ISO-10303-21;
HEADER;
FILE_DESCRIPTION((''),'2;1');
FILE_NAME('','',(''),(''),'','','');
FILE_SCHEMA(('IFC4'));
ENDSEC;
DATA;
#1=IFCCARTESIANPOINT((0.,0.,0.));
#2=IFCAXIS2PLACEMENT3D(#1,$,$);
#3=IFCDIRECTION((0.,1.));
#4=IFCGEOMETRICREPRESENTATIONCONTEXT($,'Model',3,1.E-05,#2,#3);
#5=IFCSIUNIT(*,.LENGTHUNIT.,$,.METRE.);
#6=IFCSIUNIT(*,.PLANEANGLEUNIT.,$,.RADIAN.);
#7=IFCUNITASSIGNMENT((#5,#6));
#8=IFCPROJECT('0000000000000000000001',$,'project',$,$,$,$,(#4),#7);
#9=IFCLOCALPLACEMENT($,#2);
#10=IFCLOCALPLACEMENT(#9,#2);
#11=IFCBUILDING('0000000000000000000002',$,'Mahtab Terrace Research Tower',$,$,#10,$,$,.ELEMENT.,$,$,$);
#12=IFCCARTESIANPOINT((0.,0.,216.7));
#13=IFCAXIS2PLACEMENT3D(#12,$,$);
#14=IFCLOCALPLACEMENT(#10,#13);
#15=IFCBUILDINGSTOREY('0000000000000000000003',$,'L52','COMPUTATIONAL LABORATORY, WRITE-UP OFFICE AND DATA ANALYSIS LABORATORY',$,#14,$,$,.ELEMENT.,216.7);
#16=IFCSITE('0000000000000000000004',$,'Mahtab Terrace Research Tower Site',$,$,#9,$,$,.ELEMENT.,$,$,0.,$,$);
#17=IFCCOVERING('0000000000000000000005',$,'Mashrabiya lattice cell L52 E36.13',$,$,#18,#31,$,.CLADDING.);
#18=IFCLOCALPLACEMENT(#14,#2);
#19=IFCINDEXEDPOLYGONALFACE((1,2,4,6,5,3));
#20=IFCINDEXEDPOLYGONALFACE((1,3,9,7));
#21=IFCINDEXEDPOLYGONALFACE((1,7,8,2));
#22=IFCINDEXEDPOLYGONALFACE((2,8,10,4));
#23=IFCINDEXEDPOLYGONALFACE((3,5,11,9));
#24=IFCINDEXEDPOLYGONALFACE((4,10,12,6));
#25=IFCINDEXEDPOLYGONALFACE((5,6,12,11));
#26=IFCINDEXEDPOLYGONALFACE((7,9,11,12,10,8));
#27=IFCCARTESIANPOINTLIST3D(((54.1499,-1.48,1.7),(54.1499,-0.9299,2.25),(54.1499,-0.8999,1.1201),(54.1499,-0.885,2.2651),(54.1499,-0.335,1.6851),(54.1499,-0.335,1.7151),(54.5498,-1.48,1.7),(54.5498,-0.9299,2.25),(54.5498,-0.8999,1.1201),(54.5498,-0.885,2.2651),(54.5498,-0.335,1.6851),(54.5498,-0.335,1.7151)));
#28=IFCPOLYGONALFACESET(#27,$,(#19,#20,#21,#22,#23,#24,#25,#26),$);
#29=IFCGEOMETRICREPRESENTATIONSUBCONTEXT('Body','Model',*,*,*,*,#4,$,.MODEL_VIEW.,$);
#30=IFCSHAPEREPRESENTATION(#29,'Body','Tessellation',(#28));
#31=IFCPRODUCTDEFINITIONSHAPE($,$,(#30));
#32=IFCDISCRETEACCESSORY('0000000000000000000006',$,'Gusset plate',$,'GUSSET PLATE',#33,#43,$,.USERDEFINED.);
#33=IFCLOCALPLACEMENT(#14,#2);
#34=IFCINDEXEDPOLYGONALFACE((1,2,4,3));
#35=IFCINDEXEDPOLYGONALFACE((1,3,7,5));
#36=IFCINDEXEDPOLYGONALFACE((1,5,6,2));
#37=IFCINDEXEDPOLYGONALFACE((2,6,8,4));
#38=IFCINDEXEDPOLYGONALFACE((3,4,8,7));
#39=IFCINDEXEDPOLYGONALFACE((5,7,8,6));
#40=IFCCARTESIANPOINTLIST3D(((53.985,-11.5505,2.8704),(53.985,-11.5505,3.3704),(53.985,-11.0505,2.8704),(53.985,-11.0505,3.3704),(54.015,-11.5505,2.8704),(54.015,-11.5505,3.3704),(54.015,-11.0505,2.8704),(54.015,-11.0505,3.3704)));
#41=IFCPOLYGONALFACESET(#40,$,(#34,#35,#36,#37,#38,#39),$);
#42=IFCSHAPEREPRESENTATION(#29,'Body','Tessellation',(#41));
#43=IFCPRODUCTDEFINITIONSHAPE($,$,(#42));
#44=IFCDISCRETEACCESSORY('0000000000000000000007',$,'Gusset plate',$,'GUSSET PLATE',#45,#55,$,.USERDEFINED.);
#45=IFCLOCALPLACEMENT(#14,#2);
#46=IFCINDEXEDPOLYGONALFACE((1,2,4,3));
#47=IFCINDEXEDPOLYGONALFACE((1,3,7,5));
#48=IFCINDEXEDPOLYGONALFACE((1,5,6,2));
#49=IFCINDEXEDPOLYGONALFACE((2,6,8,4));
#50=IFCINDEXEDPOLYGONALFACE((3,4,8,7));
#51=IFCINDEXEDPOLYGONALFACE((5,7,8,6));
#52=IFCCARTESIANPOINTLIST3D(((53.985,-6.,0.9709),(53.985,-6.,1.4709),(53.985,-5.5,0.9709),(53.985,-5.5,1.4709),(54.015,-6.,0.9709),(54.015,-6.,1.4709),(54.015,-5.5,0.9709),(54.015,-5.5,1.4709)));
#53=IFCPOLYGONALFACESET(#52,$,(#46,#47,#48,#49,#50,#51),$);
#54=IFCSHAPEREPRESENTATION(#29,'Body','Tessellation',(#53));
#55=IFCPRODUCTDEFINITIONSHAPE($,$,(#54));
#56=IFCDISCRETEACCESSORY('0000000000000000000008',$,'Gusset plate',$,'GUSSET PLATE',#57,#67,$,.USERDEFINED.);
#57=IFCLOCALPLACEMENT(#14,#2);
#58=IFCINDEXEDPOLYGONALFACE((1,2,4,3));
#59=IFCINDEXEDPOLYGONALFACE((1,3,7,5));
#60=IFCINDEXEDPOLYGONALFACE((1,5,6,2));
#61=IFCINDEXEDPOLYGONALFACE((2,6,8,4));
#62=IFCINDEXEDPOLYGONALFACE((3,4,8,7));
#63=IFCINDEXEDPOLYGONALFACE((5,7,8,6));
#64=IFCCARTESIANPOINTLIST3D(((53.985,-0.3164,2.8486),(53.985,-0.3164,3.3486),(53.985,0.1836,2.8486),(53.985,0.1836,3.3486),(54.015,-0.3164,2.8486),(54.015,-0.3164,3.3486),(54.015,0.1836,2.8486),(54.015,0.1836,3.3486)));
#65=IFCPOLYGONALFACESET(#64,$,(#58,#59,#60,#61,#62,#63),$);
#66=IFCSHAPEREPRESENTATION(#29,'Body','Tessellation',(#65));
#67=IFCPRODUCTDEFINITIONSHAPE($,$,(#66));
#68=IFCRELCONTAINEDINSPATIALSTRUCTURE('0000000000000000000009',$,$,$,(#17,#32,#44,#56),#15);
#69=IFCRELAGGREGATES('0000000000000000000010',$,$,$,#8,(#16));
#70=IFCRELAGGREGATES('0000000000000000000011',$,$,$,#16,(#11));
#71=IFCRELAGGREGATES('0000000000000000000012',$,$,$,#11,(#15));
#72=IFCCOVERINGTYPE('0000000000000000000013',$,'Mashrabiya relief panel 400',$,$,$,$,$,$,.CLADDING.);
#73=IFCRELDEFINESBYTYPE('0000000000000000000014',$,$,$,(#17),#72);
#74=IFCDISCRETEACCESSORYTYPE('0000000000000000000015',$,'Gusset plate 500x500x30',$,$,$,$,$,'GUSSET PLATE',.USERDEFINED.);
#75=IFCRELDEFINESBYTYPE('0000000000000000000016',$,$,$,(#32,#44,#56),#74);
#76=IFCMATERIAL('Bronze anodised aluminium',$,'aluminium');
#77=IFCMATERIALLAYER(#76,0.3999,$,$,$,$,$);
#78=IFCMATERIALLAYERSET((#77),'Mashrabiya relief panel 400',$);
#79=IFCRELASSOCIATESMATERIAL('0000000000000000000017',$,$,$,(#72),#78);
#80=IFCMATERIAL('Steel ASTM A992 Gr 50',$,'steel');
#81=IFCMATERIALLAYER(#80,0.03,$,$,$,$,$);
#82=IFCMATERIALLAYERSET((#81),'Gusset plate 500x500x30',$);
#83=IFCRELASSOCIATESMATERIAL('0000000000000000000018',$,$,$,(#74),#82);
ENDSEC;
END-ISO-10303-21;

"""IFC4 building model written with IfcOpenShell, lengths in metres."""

from ifc_helpers import new_model, si_unit, direction, frame, origin, origin_2d, place, context, subcontext, project, spatial, polyline, rectangle, outline, extrude, material, layer, layer_set, type_object, element, save


model = new_model("IFC4")

# Units and contexts
model_context = context("Model", 3, precision=1e-05, world=origin(), true_north=direction((0.0, 1.0)))
body_context = subcontext(model_context, "Body", "Model", "MODEL_VIEW")
ifc_project = project(units=[si_unit("LENGTHUNIT", "METRE"), si_unit("PLANEANGLEUNIT", "RADIAN")], contexts=[model_context])

# Site, building, storey
site_placement = place(None, origin())
site = spatial("IfcSite", under=ifc_project, at=site_placement, Name="Mahtab Terrace Research Tower Site", CompositionType="ELEMENT", RefElevation=0.0)
building_placement = place(site_placement, origin())
building = spatial("IfcBuilding", under=site, at=building_placement, Name="Mahtab Terrace Research Tower", CompositionType="ELEMENT")
storey_placement = place(building_placement, frame((0.0, 0.0, 216.7)))
storey = spatial("IfcBuildingStorey", under=building, at=storey_placement, Name="L52", Description="COMPUTATIONAL LABORATORY, WRITE-UP OFFICE AND DATA ANALYSIS LABORATORY", CompositionType="ELEMENT", Elevation=216.7)

# Shared definitions
ifc_material_1 = material(Name="Steel ASTM A992 Gr 50", Category="steel")

# Covering
ifc_material_2 = material(Name="Bronze anodised aluminium", Category="aluminium")
ifc_layer_1 = layer(ifc_material_2, 0.3999)
ifc_layer_set_1 = layer_set([ifc_layer_1], Name="Mashrabiya relief panel 400")
covering_type = type_object("IfcCoveringType", Name="Mashrabiya relief panel 400", PredefinedType="CLADDING", material=ifc_layer_set_1)
covering_1_placement = place(storey_placement, frame((54.1499, -0.8999, 1.1201), z_axis=(-1.0, 0.0, 0.0), x_axis=(0.0, -0.707256, 0.706958)))
element("IfcCovering", 1, at=covering_1_placement, inside=storey, type_object=covering_type, Name="Mashrabiya lattice cell L52 E36.13", PredefinedType="CLADDING", context=body_context, shape_type="SweptSolid", body=[
    extrude(outline(polyline([(0.0, 0.0), (0.8202, 0.0), (0.82, 0.7779), (0.7989, 0.8203), (0.0211, 0.8202), (-0.0002, 0.7989), (0.0, 0.0)])), origin(), (0.0, 0.0, -1.0), 0.3999),
])

# Discrete accessories
ifc_layer_2 = layer(ifc_material_1, 0.03)
ifc_layer_set_2 = layer_set([ifc_layer_2], Name="Gusset plate 500x500x30")
discrete_accessory_type = type_object("IfcDiscreteAccessoryType", Name="Gusset plate 500x500x30", ElementType="GUSSET PLATE", PredefinedType="USERDEFINED", material=ifc_layer_set_2)
for number, where, z_axis, x_axis, name in (
    (2, (54.0, -11.3005, 2.8704), (0.0, 0.0, 1.0), (0.0, 1.0, 0.0), "Gusset plate"),
    (3, (54.0, -5.75, 0.9709), (0.0, 0.0, 1.0), (0.0, 1.0, 0.0), "Gusset plate"),
    (4, (54.0, -0.0664, 2.8486), (0.0, 0.0, 1.0), (0.0, 1.0, 0.0), "Gusset plate"),
):
    element("IfcDiscreteAccessory", number, at=place(storey_placement, frame(where, z_axis=z_axis, x_axis=x_axis)), inside=storey, type_object=discrete_accessory_type, Name=name, ObjectType="GUSSET PLATE", PredefinedType="USERDEFINED", context=body_context, shape_type="SweptSolid", body=[
        extrude(rectangle(XDim=0.5, YDim=0.03, at=origin_2d()), origin(), (0.0, 0.0, 1.0), 0.5),
    ])

save(model, "model.ifc")
